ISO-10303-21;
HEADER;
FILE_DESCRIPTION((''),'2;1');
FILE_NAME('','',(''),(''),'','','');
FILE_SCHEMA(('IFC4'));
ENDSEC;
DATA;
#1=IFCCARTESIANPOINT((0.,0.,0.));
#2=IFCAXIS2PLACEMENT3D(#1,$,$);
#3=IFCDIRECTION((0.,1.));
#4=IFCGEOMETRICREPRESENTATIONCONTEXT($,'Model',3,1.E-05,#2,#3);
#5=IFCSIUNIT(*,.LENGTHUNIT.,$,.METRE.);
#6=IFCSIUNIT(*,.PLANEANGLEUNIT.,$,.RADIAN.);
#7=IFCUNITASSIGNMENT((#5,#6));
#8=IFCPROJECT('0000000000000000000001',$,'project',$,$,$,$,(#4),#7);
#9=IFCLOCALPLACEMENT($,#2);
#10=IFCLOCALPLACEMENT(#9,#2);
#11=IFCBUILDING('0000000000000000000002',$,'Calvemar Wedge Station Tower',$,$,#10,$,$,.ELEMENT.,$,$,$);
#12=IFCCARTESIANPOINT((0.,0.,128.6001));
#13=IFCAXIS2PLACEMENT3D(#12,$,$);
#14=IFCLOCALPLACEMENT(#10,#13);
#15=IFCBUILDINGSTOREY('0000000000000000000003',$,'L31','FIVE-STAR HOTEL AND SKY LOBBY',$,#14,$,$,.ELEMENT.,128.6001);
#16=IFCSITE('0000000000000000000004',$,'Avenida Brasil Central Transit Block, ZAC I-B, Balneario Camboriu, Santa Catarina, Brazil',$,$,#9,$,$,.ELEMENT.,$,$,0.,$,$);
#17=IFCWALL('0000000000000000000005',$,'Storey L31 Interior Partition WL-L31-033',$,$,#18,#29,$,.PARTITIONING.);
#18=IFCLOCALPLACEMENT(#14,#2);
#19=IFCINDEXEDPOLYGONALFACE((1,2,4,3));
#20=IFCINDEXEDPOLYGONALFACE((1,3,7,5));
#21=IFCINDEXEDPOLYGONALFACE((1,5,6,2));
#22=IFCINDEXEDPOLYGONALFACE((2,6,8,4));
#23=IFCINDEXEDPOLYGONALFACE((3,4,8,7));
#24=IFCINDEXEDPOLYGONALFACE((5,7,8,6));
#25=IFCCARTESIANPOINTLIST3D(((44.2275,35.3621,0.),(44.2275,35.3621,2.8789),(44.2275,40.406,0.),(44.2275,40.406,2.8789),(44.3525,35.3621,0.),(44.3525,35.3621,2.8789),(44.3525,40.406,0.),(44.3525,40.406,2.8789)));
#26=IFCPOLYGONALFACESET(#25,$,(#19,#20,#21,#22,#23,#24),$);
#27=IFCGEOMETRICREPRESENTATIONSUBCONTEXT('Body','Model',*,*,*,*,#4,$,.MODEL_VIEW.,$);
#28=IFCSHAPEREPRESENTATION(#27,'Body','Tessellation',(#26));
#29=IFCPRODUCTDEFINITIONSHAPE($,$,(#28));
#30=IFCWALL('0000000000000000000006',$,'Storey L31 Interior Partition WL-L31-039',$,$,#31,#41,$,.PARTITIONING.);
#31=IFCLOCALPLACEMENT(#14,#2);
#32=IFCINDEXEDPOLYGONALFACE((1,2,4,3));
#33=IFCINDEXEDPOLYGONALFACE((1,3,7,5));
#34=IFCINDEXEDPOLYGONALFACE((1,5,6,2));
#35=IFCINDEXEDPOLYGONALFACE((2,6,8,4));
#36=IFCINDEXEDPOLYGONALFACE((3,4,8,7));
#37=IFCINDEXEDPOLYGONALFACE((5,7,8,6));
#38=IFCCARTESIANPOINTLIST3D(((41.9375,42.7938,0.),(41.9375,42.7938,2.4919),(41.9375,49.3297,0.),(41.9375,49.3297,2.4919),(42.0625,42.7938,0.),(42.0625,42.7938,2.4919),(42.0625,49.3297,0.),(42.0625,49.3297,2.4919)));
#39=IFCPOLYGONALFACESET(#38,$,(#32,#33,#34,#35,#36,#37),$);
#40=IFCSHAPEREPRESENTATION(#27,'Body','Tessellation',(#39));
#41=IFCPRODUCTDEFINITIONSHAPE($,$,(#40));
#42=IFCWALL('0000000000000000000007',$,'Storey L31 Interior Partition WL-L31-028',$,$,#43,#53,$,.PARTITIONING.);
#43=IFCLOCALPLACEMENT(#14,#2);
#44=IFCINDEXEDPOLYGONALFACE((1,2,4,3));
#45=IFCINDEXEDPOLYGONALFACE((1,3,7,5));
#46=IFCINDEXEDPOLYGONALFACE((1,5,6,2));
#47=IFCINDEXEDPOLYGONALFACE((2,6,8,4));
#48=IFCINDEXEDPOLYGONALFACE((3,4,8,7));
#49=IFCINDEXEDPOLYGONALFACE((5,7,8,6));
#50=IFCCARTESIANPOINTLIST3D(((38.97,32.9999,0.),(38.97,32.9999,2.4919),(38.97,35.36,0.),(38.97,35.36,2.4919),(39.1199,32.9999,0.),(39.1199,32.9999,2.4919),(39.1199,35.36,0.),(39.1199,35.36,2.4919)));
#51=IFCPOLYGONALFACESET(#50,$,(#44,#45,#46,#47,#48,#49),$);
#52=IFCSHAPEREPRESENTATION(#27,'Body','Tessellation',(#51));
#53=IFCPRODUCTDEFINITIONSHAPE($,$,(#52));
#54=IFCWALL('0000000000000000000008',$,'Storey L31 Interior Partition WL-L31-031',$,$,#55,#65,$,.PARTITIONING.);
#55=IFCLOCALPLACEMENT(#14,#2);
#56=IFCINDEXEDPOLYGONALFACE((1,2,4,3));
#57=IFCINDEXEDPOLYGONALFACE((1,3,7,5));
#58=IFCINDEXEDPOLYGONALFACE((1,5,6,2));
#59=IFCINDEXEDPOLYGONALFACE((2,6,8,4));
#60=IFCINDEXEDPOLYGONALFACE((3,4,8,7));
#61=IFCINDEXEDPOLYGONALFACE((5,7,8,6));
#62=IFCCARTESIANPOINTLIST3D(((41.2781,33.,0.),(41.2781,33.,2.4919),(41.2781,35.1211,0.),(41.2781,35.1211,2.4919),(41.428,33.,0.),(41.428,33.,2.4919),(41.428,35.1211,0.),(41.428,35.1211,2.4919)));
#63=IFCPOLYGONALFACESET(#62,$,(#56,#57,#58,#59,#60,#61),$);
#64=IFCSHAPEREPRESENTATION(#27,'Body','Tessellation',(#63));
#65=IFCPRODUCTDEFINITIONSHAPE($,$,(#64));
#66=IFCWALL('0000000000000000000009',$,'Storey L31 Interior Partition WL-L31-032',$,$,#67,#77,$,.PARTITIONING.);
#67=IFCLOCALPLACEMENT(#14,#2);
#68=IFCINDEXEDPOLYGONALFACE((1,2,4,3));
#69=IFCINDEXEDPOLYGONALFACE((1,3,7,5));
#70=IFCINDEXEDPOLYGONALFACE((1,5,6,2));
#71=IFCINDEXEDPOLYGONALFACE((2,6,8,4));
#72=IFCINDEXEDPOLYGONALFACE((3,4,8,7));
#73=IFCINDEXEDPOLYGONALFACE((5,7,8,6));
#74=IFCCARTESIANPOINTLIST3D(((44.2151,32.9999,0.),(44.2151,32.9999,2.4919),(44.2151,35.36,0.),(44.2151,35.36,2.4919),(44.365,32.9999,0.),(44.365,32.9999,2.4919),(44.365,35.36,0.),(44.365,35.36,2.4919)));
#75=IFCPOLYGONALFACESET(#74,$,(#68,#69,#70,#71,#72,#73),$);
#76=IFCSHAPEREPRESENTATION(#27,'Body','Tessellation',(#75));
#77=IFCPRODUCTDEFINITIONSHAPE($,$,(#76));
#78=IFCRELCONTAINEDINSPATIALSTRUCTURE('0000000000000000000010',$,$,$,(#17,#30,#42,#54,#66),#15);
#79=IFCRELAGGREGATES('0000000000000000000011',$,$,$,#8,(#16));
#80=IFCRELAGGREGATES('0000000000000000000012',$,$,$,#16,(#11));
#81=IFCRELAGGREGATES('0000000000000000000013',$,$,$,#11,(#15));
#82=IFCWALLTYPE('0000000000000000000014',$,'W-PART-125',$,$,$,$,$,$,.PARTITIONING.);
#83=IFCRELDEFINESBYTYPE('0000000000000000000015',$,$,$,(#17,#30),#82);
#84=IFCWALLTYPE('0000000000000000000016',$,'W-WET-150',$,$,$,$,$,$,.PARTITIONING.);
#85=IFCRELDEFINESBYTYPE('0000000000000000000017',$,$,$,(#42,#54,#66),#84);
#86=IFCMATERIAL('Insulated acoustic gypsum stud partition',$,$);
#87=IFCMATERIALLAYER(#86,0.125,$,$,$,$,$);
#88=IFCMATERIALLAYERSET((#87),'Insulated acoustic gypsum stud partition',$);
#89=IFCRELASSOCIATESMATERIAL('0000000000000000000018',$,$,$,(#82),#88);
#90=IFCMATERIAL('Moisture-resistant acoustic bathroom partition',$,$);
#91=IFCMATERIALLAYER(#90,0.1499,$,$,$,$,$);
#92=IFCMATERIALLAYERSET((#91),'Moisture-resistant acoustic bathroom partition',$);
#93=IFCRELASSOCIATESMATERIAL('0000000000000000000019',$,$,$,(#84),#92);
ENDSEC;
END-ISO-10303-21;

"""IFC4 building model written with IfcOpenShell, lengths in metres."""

from ifc_helpers import new_model, si_unit, direction, frame, frame_2d, origin, place, context, subcontext, project, spatial, rectangle, extrude, material, layer, layer_set, type_object, element, save


model = new_model("IFC4")

# Units and contexts
model_context = context("Model", 3, precision=1e-05, world=origin(), true_north=direction((0.0, 1.0)))
body_context = subcontext(model_context, "Body", "Model", "MODEL_VIEW")
ifc_project = project(units=[si_unit("LENGTHUNIT", "METRE"), si_unit("PLANEANGLEUNIT", "RADIAN")], contexts=[model_context])

# Site, building, storey
site_placement = place(None, origin())
site = spatial("IfcSite", under=ifc_project, at=site_placement, Name="Avenida Brasil Central Transit Block, ZAC I-B, Balneario Camboriu, Santa Catarina, Brazil", CompositionType="ELEMENT", RefElevation=0.0)
building_placement = place(site_placement, origin())
building = spatial("IfcBuilding", under=site, at=building_placement, Name="Calvemar Wedge Station Tower", CompositionType="ELEMENT")
storey_placement = place(building_placement, frame((0.0, 0.0, 128.6001)))
storey = spatial("IfcBuildingStorey", under=building, at=storey_placement, Name="L31", Description="FIVE-STAR HOTEL AND SKY LOBBY", CompositionType="ELEMENT", Elevation=128.6001)

# Walls
ifc_material_1 = material(Name="Insulated acoustic gypsum stud partition")
ifc_layer_1 = layer(ifc_material_1, 0.125)
ifc_layer_set_1 = layer_set([ifc_layer_1], Name="Insulated acoustic gypsum stud partition")
wall_type_1 = type_object("IfcWallType", Name="W-PART-125", PredefinedType="PARTITIONING", material=ifc_layer_set_1)
for number, where, z_axis, x_axis, name in (
    (1, (44.29, 40.406, 0.0), (0.0, 0.0, 1.0), (0.0, -1.0, 0.0), "Storey L31 Interior Partition WL-L31-033"),
):
    element("IfcWall", number, at=place(storey_placement, frame(where, z_axis=z_axis, x_axis=x_axis)), inside=storey, type_object=wall_type_1, Name=name, PredefinedType="PARTITIONING", context=body_context, shape_type="SweptSolid", body=[
        extrude(rectangle(XDim=5.0439, YDim=0.125, at=frame_2d((2.522, 0.0))), origin(), (0.0, 0.0, 1.0), 2.8789),
    ])
wall_1_placement = place(storey_placement, frame((42.0, 49.3298, 0.0), z_axis=(0.0, 0.0, 1.0), x_axis=(0.0, -1.0, 0.0)))
element("IfcWall", 2, at=wall_1_placement, inside=storey, type_object=wall_type_1, Name="Storey L31 Interior Partition WL-L31-039", PredefinedType="PARTITIONING", context=body_context, shape_type="SweptSolid", body=[
    extrude(rectangle(XDim=6.5359, YDim=0.125, at=frame_2d((3.2681, 0.0))), origin(), (0.0, 0.0, 1.0), 2.4919),
])
ifc_material_2 = material(Name="Moisture-resistant acoustic bathroom partition")
ifc_layer_2 = layer(ifc_material_2, 0.1499)
ifc_layer_set_2 = layer_set([ifc_layer_2], Name="Moisture-resistant acoustic bathroom partition")
wall_type_2 = type_object("IfcWallType", Name="W-WET-150", PredefinedType="PARTITIONING", material=ifc_layer_set_2)
wall_2_placement = place(storey_placement, frame((39.0449, 35.3601, 0.0), z_axis=(0.0, 0.0, 1.0), x_axis=(0.0, -1.0, 0.0)))
element("IfcWall", 3, at=wall_2_placement, inside=storey, type_object=wall_type_2, Name="Storey L31 Interior Partition WL-L31-028", PredefinedType="PARTITIONING", context=body_context, shape_type="SweptSolid", body=[
    extrude(rectangle(XDim=2.3601, YDim=0.1499, at=frame_2d((1.1802, 0.0))), origin(), (0.0, 0.0, 1.0), 2.4919),
])

# Walls
wall_3_placement = place(storey_placement, frame((41.353, 35.1211, 0.0), z_axis=(0.0, 0.0, 1.0), x_axis=(0.0, -1.0, 0.0)))
element("IfcWall", 4, at=wall_3_placement, inside=storey, type_object=wall_type_2, Name="Storey L31 Interior Partition WL-L31-031", PredefinedType="PARTITIONING", context=body_context, shape_type="SweptSolid", body=[
    extrude(rectangle(XDim=2.1211, YDim=0.1499, at=frame_2d((1.0605, 0.0))), origin(), (0.0, 0.0, 1.0), 2.4919),
])
wall_4_placement = place(storey_placement, frame((44.29, 35.3601, 0.0), z_axis=(0.0, 0.0, 1.0), x_axis=(0.0, -1.0, 0.0)))
element("IfcWall", 5, at=wall_4_placement, inside=storey, type_object=wall_type_2, Name="Storey L31 Interior Partition WL-L31-032", PredefinedType="PARTITIONING", context=body_context, shape_type="SweptSolid", body=[
    extrude(rectangle(XDim=2.3601, YDim=0.1499, at=frame_2d((1.1802, 0.0))), origin(), (0.0, 0.0, 1.0), 2.4919),
])

save(model, "model.ifc")
